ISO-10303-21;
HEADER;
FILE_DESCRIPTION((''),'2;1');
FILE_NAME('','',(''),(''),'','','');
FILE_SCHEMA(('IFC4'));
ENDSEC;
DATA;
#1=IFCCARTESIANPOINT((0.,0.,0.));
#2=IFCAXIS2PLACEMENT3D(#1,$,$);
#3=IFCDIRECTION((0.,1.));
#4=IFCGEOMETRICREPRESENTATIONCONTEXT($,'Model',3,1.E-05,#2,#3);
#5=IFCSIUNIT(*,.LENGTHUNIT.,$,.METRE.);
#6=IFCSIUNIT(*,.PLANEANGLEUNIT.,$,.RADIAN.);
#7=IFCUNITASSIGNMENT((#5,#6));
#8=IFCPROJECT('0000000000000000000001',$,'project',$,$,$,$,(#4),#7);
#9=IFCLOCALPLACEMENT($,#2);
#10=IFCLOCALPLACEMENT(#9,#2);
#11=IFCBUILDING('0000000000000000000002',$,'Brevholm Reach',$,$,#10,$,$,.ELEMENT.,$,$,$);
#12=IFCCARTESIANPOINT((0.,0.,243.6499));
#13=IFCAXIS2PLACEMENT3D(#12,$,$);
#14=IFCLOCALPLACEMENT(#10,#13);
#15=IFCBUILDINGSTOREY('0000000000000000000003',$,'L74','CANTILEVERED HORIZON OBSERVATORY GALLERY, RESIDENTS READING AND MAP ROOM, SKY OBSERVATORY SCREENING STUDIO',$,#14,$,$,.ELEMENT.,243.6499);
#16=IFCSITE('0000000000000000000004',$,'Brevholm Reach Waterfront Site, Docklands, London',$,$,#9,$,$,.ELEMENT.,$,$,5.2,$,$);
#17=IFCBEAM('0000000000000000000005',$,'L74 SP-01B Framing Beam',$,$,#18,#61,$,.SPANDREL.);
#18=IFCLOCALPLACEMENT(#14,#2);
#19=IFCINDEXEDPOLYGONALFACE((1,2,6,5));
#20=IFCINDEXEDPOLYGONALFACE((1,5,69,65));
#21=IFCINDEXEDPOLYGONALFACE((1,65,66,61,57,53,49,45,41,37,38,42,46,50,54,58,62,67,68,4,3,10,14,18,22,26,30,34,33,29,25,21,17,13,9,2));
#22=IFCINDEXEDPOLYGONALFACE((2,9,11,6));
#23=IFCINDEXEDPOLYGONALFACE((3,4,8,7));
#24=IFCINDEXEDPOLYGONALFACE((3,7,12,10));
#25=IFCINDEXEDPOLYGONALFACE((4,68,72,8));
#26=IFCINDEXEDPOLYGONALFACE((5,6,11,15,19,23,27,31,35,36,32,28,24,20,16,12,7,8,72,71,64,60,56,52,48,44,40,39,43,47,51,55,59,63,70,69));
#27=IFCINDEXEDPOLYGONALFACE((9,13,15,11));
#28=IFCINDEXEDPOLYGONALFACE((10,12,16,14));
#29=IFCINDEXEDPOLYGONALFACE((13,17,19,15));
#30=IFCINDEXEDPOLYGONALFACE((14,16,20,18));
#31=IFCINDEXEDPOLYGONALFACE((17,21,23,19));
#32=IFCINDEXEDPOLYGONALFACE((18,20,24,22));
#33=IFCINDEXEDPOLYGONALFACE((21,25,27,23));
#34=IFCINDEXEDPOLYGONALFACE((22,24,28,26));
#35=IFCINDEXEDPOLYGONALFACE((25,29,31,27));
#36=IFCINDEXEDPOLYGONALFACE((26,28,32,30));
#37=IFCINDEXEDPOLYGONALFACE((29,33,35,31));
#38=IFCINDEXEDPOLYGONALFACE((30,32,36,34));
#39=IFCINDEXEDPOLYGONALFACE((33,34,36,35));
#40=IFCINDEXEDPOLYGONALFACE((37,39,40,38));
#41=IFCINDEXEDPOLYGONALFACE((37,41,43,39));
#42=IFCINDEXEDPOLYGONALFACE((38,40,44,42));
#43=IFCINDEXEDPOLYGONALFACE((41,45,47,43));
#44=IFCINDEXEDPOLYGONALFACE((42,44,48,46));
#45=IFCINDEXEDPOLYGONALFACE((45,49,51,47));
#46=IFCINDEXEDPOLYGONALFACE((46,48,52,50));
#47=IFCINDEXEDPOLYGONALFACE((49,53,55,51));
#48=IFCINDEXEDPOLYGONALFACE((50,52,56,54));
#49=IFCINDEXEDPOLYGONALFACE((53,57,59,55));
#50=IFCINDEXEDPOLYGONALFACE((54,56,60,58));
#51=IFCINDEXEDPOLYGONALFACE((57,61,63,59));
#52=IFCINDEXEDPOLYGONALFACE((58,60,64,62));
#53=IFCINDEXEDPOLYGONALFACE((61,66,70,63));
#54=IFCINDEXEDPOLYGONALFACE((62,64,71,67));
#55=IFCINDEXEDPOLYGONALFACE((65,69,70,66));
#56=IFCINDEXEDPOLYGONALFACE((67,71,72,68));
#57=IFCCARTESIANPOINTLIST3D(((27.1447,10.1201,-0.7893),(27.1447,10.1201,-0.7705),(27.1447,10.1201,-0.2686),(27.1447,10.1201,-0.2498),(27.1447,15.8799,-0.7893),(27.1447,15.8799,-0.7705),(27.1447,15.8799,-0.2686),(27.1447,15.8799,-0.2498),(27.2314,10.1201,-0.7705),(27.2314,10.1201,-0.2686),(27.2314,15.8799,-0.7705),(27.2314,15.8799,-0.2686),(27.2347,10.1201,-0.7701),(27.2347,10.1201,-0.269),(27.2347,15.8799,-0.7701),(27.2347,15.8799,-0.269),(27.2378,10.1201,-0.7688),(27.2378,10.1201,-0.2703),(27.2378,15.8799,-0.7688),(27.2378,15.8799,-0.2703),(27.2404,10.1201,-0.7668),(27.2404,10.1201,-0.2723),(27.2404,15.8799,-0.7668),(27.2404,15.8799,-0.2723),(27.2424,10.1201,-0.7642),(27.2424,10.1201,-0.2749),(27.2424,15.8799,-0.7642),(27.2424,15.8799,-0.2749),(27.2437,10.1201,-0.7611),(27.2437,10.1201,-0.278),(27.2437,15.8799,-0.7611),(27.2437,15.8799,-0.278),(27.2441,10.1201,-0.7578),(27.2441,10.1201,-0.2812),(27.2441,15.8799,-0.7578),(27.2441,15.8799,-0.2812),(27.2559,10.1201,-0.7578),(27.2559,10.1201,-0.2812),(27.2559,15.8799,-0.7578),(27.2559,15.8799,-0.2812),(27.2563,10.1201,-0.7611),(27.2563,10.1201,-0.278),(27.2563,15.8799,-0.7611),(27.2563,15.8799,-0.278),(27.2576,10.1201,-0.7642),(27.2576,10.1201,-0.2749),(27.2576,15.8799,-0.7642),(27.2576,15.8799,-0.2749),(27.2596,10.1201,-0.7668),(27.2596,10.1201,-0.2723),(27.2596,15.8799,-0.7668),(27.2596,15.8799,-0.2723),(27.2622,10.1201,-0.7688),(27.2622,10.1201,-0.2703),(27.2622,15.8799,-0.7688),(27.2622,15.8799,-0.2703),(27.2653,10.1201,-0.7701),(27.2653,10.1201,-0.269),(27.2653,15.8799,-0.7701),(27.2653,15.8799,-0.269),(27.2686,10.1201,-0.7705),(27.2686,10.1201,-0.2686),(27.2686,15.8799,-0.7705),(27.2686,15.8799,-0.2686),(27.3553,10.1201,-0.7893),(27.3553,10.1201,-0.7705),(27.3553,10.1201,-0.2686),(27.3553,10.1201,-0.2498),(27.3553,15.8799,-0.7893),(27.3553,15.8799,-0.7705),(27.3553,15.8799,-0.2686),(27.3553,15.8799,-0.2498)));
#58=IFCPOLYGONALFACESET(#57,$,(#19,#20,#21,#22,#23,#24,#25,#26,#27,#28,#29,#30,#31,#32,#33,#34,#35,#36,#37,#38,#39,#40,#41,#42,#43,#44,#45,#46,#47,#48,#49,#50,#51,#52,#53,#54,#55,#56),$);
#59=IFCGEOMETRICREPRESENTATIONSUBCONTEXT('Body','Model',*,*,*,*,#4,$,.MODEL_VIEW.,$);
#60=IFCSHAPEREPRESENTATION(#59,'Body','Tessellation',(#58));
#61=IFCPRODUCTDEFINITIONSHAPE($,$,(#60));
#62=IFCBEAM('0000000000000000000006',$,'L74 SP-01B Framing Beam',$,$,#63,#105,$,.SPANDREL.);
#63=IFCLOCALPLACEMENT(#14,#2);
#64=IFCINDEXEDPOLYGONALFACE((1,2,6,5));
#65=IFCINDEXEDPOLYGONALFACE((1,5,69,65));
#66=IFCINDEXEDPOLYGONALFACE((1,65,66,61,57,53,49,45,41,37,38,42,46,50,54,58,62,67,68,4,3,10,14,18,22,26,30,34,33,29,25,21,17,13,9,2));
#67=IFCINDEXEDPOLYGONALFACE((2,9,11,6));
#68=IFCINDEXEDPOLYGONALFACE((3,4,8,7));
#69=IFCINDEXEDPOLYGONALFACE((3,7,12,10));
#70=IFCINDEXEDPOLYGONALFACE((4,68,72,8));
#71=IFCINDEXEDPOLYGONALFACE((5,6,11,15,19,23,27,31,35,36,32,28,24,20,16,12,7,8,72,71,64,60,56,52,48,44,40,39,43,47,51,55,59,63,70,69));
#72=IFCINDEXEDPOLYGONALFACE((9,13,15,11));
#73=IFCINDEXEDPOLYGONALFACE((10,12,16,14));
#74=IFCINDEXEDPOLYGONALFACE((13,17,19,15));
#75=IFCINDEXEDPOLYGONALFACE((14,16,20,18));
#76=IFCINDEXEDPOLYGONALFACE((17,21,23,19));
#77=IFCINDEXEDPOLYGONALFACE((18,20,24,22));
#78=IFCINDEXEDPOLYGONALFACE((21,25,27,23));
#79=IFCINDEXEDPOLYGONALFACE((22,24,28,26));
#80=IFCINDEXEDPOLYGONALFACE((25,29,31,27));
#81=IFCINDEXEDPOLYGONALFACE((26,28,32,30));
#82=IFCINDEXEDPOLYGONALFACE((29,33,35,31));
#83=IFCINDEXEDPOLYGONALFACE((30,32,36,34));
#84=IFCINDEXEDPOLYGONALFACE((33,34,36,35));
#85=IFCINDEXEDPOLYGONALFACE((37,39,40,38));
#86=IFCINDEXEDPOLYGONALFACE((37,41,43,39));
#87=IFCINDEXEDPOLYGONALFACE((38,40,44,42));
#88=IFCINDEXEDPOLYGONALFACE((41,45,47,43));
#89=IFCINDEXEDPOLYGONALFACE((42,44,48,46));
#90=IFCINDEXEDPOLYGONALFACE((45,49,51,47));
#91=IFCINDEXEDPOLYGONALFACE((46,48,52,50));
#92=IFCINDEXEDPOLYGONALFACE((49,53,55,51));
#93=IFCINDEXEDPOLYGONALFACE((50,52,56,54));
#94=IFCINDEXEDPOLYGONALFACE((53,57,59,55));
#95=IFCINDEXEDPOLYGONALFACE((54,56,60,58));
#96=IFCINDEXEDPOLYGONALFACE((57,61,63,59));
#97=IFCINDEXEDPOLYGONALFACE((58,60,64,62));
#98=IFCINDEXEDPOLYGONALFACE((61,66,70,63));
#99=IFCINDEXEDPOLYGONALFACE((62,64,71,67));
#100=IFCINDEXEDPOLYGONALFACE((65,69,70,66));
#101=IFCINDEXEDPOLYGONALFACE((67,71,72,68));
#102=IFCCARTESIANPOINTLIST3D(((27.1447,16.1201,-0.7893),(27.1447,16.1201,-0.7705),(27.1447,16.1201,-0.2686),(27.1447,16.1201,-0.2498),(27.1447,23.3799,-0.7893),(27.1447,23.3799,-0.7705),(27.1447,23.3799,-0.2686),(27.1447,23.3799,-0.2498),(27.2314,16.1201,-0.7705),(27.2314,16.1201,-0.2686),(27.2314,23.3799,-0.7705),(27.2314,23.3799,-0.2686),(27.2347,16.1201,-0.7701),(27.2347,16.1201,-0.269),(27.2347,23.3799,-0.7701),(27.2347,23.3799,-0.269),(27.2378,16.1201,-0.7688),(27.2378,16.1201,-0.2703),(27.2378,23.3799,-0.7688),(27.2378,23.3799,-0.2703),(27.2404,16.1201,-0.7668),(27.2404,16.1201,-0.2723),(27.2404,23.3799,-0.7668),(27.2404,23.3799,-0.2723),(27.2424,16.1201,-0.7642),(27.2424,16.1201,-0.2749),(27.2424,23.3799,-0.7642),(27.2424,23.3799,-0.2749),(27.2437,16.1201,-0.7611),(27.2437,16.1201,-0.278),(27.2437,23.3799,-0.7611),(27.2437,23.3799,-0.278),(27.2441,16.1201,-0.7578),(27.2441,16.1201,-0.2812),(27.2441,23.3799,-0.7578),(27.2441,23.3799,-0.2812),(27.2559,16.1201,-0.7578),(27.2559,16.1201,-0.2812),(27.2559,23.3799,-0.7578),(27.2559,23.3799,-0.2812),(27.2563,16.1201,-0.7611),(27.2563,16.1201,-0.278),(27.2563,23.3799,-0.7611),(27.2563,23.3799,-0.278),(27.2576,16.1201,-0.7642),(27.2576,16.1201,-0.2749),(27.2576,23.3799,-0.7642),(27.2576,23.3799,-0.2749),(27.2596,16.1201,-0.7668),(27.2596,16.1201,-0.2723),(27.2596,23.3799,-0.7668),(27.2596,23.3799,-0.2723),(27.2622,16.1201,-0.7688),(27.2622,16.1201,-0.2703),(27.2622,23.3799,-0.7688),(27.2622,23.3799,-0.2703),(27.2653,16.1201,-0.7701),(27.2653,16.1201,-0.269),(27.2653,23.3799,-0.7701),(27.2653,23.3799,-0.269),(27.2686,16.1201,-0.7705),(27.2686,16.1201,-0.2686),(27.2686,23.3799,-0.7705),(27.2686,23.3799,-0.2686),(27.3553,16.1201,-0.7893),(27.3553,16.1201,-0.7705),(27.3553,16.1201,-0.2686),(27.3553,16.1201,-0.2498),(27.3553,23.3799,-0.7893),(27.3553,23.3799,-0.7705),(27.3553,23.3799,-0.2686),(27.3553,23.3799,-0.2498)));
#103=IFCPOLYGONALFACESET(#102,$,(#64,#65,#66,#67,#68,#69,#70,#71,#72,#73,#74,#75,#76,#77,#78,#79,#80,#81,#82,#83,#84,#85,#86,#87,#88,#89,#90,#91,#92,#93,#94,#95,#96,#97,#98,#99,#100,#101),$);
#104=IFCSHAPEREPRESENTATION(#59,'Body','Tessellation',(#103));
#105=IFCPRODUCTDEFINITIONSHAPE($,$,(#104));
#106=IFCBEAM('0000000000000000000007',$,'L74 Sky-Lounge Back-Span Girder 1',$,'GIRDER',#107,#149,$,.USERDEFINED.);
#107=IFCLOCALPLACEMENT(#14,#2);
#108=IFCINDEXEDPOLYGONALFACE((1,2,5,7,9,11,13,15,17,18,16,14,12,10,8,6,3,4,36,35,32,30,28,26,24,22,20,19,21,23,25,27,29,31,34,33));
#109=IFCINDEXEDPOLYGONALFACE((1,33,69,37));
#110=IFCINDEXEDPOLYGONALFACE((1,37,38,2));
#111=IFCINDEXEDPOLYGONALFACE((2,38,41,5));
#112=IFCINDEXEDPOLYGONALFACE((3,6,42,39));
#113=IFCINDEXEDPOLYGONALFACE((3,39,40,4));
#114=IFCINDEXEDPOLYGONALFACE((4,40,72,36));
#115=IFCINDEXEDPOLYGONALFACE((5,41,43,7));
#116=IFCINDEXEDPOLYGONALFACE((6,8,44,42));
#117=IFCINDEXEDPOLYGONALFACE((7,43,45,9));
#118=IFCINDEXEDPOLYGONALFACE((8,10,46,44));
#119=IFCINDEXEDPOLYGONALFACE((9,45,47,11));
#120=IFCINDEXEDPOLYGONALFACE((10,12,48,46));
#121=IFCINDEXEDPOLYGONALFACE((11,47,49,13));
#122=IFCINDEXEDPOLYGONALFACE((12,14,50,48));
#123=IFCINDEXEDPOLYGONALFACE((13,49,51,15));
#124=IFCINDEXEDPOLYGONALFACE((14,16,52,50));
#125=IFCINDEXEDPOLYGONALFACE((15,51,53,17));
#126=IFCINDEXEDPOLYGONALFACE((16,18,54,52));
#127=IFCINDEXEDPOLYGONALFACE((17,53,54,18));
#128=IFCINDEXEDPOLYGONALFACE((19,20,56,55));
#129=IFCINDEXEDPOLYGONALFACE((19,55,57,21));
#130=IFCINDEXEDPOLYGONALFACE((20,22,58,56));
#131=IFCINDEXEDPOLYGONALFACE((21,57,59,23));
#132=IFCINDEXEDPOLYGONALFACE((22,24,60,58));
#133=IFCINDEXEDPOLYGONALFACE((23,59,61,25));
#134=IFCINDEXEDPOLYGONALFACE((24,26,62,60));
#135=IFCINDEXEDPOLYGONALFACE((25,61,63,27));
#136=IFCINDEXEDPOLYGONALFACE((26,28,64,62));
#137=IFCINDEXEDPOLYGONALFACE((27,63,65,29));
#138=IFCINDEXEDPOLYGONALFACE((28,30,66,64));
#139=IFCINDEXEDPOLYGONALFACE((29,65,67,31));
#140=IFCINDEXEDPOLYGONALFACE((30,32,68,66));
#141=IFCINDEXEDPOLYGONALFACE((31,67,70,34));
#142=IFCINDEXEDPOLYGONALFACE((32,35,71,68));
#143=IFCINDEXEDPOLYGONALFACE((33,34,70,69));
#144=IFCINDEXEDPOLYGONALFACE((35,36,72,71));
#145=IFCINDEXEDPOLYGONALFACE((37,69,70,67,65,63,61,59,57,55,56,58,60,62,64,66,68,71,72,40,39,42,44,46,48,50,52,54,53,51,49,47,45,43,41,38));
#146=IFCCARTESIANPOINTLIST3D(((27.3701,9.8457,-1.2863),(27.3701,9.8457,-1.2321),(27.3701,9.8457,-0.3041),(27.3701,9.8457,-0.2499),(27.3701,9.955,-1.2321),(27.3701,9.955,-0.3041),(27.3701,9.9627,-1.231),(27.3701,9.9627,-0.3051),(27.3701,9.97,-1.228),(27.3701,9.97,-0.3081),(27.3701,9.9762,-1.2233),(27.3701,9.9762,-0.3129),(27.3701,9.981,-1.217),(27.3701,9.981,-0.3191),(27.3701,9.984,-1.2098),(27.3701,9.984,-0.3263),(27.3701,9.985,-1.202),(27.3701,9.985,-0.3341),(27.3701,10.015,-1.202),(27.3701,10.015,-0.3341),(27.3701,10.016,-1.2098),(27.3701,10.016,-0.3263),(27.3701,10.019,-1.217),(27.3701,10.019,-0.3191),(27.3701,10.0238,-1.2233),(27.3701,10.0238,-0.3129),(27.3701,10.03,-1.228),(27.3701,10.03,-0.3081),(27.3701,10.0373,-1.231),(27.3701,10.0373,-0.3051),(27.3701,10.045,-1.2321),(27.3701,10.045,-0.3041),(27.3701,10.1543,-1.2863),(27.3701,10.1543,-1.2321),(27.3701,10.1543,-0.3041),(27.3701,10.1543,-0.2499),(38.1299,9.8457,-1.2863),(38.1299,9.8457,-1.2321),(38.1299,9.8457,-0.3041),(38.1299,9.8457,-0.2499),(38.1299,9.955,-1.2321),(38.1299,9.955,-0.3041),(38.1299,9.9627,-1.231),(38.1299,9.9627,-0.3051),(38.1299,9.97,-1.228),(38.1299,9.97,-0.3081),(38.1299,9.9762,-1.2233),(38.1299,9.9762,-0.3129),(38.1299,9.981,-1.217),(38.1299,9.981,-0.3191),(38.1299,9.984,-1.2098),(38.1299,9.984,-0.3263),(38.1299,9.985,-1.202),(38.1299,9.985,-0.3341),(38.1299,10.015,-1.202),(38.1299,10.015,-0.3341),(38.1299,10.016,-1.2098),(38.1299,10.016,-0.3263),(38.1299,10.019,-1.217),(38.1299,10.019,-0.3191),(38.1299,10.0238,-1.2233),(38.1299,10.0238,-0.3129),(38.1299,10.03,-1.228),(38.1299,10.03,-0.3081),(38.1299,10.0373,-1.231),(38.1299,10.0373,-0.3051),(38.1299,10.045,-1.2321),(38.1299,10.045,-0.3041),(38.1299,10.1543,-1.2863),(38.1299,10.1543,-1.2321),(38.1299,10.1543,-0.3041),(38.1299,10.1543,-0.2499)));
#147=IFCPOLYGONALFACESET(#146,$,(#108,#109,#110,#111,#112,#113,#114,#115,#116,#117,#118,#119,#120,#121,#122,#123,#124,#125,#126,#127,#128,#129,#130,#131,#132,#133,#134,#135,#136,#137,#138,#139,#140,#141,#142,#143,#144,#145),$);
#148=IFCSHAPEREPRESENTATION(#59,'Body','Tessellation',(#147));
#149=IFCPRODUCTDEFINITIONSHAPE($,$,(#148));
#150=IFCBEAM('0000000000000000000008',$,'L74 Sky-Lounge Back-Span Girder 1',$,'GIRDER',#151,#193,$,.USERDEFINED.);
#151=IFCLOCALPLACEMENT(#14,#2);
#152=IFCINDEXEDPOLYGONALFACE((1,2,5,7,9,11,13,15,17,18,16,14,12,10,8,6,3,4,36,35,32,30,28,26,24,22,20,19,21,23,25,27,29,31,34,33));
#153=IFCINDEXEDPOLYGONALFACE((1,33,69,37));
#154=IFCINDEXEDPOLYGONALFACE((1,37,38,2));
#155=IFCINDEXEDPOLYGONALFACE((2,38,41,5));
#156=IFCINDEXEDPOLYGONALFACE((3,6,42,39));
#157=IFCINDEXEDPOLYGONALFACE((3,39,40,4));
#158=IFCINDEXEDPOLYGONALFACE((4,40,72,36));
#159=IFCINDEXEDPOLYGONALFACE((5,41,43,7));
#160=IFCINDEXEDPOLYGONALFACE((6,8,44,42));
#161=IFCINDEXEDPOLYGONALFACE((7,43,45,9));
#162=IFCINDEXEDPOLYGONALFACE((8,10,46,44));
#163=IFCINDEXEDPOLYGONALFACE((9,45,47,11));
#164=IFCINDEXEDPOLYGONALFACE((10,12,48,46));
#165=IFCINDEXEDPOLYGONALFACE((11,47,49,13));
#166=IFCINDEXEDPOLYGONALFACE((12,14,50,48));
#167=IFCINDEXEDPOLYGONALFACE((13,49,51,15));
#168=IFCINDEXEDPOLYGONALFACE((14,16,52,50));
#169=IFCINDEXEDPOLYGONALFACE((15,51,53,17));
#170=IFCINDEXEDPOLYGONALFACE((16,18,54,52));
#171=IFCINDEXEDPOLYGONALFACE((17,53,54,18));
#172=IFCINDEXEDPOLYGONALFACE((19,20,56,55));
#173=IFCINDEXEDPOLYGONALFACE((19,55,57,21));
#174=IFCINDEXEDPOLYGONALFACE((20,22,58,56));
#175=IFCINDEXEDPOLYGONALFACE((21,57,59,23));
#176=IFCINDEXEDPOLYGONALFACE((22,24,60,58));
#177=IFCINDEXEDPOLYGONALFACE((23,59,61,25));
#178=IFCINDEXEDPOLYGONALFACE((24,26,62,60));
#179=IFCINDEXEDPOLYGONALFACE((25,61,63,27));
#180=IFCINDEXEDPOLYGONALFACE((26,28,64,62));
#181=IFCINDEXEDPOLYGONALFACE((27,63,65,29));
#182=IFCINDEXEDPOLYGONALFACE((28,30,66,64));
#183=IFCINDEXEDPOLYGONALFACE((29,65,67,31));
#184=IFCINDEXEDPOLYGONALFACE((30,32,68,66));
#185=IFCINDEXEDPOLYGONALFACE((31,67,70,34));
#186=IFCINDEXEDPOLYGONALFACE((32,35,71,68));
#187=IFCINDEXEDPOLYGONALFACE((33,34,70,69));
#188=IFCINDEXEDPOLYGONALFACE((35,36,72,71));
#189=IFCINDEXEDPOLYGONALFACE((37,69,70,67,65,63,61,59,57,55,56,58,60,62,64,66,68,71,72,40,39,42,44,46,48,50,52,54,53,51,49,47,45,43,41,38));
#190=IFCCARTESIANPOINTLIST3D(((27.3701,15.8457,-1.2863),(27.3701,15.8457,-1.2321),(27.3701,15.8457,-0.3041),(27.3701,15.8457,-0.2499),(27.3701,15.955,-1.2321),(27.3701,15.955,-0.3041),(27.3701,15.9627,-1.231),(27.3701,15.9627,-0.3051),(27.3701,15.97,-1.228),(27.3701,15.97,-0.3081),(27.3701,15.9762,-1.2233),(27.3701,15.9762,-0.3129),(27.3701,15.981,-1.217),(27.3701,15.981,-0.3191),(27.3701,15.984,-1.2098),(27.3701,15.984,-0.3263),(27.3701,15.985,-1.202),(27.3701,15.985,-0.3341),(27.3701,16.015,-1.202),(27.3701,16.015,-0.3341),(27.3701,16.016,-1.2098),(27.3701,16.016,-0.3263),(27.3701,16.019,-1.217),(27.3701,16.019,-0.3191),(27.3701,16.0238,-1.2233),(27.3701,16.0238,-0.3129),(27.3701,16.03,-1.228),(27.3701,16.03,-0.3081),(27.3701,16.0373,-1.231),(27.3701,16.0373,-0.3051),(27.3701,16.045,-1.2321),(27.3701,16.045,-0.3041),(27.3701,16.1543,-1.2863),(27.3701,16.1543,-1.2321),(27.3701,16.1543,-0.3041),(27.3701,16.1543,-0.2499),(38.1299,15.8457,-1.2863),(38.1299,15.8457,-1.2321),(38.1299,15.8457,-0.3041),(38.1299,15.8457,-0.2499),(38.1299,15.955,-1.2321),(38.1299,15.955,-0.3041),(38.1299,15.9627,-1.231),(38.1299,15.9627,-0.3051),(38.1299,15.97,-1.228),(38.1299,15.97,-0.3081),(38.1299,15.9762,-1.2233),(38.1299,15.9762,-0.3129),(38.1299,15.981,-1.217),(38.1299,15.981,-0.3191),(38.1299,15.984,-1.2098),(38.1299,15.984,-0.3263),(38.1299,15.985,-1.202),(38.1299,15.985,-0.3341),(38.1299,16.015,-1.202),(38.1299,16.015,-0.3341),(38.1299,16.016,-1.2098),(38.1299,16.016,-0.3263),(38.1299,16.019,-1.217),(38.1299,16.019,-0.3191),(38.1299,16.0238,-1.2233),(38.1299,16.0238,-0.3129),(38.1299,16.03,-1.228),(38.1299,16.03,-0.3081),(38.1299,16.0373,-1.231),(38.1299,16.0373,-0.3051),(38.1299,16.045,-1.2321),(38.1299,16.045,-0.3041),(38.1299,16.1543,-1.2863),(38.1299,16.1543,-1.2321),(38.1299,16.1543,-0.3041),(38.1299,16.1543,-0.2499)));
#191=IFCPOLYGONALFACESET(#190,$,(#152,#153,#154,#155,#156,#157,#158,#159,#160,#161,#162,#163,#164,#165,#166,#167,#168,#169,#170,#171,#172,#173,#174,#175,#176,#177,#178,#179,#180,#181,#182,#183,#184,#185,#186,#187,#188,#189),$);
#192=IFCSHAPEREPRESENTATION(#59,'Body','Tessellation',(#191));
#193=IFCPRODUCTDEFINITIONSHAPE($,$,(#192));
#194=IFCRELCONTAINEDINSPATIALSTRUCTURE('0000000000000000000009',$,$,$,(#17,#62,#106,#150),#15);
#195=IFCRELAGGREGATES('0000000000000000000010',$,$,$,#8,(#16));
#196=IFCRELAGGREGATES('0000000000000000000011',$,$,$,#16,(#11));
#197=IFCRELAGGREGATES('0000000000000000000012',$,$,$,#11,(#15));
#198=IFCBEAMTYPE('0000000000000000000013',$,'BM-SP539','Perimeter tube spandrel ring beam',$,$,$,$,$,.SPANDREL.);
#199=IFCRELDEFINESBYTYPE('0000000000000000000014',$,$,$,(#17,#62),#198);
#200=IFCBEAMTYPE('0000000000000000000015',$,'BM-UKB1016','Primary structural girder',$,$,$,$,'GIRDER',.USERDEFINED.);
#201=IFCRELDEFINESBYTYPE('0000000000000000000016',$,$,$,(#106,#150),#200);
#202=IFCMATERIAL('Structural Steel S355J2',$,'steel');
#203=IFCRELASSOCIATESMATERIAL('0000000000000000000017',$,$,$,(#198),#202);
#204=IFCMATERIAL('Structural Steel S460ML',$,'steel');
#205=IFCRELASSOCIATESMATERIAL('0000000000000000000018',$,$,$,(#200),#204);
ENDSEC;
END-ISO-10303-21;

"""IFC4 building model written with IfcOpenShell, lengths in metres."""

from ifc_helpers import new_model, si_unit, direction, frame, origin, origin_2d, place, context, subcontext, project, spatial, i_section, extrude, material, material_profile, profile_set, type_object, element, save


model = new_model("IFC4")

# Units and contexts
model_context = context("Model", 3, precision=1e-05, world=origin(), true_north=direction((0.0, 1.0)))
body_context = subcontext(model_context, "Body", "Model", "MODEL_VIEW")
ifc_project = project(units=[si_unit("LENGTHUNIT", "METRE"), si_unit("PLANEANGLEUNIT", "RADIAN")], contexts=[model_context])

# Site, building, storey
site_placement = place(None, origin())
site = spatial("IfcSite", under=ifc_project, at=site_placement, Name="Brevholm Reach Waterfront Site, Docklands, London", CompositionType="ELEMENT", RefElevation=5.2)
building_placement = place(site_placement, origin())
building = spatial("IfcBuilding", under=site, at=building_placement, Name="Brevholm Reach", CompositionType="ELEMENT")
storey_placement = place(building_placement, frame((0.0, 0.0, 243.6499)))
storey = spatial("IfcBuildingStorey", under=building, at=storey_placement, Name="L74", Description="CANTILEVERED HORIZON OBSERVATORY GALLERY, RESIDENTS READING AND MAP ROOM, SKY OBSERVATORY SCREENING STUDIO", CompositionType="ELEMENT", Elevation=243.6499)

# Beams
ifc_material_1 = material(Name="Structural Steel S355J2", Category="steel")
ifc_material_profile_1 = material_profile(ifc_material_1, i_section(OverallWidth=0.2107, OverallDepth=0.5396, WebThickness=0.0117, FlangeThickness=0.0188, FilletRadius=0.0127, at=origin_2d()), Name="UKB 533x210x109")
ifc_profile_set_1 = profile_set([ifc_material_profile_1], Name="Structural Steel S355J2")
beam_type_1 = type_object("IfcBeamType", Name="BM-SP539", Description="Perimeter tube spandrel ring beam", PredefinedType="SPANDREL", material=ifc_profile_set_1)
beam_1_placement = place(storey_placement, frame((27.25, 10.1201, -0.5195), z_axis=(0.0, 1.0, 0.0), x_axis=(-1.0, 0.0, 0.0)))
element("IfcBeam", 1, at=beam_1_placement, inside=storey, type_object=beam_type_1, Name="L74 SP-01B Framing Beam", PredefinedType="SPANDREL", context=body_context, shape_type="SweptSolid", body=[
    extrude(i_section(OverallWidth=0.2107, OverallDepth=0.5396, WebThickness=0.0117, FlangeThickness=0.0188, FilletRadius=0.0127, at=origin_2d()), origin(), (0.0, 0.0, 1.0), 5.7598),
])
beam_2_placement = place(storey_placement, frame((27.25, 16.1201, -0.5195), z_axis=(0.0, 1.0, 0.0), x_axis=(-1.0, 0.0, 0.0)))
element("IfcBeam", 2, at=beam_2_placement, inside=storey, type_object=beam_type_1, Name="L74 SP-01B Framing Beam", PredefinedType="SPANDREL", context=body_context, shape_type="SweptSolid", body=[
    extrude(i_section(OverallWidth=0.2107, OverallDepth=0.5396, WebThickness=0.0117, FlangeThickness=0.0188, FilletRadius=0.0127, at=origin_2d()), origin(), (0.0, 0.0, 1.0), 7.2598),
])
ifc_material_2 = material(Name="Structural Steel S460ML", Category="steel")
ifc_material_profile_2 = material_profile(ifc_material_2, i_section(OverallWidth=0.3086, OverallDepth=1.0364, WebThickness=0.03, FlangeThickness=0.0542, FilletRadius=0.03, at=origin_2d()), Name="UKB 1016x305x487")
ifc_profile_set_2 = profile_set([ifc_material_profile_2], Name="Structural Steel S460ML")
beam_type_2 = type_object("IfcBeamType", Name="BM-UKB1016", Description="Primary structural girder", ElementType="GIRDER", PredefinedType="USERDEFINED", material=ifc_profile_set_2)
for number, where, z_axis, x_axis, name in (
    (3, (27.3701, 10.0, -0.7681), (1.0, 0.0, 0.0), (0.0, 1.0, 0.0), "L74 Sky-Lounge Back-Span Girder 1"),
    (4, (27.3701, 16.0, -0.7681), (1.0, 0.0, 0.0), (0.0, 1.0, 0.0), "L74 Sky-Lounge Back-Span Girder 1"),
):
    element("IfcBeam", number, at=place(storey_placement, frame(where, z_axis=z_axis, x_axis=x_axis)), inside=storey, type_object=beam_type_2, Name=name, ObjectType="GIRDER", PredefinedType="USERDEFINED", context=body_context, shape_type="SweptSolid", body=[
        extrude(i_section(OverallWidth=0.3086, OverallDepth=1.0364, WebThickness=0.03, FlangeThickness=0.0542, FilletRadius=0.03, at=origin_2d()), origin(), (0.0, 0.0, 1.0), 10.7598),
    ])

save(model, "model.ifc")
